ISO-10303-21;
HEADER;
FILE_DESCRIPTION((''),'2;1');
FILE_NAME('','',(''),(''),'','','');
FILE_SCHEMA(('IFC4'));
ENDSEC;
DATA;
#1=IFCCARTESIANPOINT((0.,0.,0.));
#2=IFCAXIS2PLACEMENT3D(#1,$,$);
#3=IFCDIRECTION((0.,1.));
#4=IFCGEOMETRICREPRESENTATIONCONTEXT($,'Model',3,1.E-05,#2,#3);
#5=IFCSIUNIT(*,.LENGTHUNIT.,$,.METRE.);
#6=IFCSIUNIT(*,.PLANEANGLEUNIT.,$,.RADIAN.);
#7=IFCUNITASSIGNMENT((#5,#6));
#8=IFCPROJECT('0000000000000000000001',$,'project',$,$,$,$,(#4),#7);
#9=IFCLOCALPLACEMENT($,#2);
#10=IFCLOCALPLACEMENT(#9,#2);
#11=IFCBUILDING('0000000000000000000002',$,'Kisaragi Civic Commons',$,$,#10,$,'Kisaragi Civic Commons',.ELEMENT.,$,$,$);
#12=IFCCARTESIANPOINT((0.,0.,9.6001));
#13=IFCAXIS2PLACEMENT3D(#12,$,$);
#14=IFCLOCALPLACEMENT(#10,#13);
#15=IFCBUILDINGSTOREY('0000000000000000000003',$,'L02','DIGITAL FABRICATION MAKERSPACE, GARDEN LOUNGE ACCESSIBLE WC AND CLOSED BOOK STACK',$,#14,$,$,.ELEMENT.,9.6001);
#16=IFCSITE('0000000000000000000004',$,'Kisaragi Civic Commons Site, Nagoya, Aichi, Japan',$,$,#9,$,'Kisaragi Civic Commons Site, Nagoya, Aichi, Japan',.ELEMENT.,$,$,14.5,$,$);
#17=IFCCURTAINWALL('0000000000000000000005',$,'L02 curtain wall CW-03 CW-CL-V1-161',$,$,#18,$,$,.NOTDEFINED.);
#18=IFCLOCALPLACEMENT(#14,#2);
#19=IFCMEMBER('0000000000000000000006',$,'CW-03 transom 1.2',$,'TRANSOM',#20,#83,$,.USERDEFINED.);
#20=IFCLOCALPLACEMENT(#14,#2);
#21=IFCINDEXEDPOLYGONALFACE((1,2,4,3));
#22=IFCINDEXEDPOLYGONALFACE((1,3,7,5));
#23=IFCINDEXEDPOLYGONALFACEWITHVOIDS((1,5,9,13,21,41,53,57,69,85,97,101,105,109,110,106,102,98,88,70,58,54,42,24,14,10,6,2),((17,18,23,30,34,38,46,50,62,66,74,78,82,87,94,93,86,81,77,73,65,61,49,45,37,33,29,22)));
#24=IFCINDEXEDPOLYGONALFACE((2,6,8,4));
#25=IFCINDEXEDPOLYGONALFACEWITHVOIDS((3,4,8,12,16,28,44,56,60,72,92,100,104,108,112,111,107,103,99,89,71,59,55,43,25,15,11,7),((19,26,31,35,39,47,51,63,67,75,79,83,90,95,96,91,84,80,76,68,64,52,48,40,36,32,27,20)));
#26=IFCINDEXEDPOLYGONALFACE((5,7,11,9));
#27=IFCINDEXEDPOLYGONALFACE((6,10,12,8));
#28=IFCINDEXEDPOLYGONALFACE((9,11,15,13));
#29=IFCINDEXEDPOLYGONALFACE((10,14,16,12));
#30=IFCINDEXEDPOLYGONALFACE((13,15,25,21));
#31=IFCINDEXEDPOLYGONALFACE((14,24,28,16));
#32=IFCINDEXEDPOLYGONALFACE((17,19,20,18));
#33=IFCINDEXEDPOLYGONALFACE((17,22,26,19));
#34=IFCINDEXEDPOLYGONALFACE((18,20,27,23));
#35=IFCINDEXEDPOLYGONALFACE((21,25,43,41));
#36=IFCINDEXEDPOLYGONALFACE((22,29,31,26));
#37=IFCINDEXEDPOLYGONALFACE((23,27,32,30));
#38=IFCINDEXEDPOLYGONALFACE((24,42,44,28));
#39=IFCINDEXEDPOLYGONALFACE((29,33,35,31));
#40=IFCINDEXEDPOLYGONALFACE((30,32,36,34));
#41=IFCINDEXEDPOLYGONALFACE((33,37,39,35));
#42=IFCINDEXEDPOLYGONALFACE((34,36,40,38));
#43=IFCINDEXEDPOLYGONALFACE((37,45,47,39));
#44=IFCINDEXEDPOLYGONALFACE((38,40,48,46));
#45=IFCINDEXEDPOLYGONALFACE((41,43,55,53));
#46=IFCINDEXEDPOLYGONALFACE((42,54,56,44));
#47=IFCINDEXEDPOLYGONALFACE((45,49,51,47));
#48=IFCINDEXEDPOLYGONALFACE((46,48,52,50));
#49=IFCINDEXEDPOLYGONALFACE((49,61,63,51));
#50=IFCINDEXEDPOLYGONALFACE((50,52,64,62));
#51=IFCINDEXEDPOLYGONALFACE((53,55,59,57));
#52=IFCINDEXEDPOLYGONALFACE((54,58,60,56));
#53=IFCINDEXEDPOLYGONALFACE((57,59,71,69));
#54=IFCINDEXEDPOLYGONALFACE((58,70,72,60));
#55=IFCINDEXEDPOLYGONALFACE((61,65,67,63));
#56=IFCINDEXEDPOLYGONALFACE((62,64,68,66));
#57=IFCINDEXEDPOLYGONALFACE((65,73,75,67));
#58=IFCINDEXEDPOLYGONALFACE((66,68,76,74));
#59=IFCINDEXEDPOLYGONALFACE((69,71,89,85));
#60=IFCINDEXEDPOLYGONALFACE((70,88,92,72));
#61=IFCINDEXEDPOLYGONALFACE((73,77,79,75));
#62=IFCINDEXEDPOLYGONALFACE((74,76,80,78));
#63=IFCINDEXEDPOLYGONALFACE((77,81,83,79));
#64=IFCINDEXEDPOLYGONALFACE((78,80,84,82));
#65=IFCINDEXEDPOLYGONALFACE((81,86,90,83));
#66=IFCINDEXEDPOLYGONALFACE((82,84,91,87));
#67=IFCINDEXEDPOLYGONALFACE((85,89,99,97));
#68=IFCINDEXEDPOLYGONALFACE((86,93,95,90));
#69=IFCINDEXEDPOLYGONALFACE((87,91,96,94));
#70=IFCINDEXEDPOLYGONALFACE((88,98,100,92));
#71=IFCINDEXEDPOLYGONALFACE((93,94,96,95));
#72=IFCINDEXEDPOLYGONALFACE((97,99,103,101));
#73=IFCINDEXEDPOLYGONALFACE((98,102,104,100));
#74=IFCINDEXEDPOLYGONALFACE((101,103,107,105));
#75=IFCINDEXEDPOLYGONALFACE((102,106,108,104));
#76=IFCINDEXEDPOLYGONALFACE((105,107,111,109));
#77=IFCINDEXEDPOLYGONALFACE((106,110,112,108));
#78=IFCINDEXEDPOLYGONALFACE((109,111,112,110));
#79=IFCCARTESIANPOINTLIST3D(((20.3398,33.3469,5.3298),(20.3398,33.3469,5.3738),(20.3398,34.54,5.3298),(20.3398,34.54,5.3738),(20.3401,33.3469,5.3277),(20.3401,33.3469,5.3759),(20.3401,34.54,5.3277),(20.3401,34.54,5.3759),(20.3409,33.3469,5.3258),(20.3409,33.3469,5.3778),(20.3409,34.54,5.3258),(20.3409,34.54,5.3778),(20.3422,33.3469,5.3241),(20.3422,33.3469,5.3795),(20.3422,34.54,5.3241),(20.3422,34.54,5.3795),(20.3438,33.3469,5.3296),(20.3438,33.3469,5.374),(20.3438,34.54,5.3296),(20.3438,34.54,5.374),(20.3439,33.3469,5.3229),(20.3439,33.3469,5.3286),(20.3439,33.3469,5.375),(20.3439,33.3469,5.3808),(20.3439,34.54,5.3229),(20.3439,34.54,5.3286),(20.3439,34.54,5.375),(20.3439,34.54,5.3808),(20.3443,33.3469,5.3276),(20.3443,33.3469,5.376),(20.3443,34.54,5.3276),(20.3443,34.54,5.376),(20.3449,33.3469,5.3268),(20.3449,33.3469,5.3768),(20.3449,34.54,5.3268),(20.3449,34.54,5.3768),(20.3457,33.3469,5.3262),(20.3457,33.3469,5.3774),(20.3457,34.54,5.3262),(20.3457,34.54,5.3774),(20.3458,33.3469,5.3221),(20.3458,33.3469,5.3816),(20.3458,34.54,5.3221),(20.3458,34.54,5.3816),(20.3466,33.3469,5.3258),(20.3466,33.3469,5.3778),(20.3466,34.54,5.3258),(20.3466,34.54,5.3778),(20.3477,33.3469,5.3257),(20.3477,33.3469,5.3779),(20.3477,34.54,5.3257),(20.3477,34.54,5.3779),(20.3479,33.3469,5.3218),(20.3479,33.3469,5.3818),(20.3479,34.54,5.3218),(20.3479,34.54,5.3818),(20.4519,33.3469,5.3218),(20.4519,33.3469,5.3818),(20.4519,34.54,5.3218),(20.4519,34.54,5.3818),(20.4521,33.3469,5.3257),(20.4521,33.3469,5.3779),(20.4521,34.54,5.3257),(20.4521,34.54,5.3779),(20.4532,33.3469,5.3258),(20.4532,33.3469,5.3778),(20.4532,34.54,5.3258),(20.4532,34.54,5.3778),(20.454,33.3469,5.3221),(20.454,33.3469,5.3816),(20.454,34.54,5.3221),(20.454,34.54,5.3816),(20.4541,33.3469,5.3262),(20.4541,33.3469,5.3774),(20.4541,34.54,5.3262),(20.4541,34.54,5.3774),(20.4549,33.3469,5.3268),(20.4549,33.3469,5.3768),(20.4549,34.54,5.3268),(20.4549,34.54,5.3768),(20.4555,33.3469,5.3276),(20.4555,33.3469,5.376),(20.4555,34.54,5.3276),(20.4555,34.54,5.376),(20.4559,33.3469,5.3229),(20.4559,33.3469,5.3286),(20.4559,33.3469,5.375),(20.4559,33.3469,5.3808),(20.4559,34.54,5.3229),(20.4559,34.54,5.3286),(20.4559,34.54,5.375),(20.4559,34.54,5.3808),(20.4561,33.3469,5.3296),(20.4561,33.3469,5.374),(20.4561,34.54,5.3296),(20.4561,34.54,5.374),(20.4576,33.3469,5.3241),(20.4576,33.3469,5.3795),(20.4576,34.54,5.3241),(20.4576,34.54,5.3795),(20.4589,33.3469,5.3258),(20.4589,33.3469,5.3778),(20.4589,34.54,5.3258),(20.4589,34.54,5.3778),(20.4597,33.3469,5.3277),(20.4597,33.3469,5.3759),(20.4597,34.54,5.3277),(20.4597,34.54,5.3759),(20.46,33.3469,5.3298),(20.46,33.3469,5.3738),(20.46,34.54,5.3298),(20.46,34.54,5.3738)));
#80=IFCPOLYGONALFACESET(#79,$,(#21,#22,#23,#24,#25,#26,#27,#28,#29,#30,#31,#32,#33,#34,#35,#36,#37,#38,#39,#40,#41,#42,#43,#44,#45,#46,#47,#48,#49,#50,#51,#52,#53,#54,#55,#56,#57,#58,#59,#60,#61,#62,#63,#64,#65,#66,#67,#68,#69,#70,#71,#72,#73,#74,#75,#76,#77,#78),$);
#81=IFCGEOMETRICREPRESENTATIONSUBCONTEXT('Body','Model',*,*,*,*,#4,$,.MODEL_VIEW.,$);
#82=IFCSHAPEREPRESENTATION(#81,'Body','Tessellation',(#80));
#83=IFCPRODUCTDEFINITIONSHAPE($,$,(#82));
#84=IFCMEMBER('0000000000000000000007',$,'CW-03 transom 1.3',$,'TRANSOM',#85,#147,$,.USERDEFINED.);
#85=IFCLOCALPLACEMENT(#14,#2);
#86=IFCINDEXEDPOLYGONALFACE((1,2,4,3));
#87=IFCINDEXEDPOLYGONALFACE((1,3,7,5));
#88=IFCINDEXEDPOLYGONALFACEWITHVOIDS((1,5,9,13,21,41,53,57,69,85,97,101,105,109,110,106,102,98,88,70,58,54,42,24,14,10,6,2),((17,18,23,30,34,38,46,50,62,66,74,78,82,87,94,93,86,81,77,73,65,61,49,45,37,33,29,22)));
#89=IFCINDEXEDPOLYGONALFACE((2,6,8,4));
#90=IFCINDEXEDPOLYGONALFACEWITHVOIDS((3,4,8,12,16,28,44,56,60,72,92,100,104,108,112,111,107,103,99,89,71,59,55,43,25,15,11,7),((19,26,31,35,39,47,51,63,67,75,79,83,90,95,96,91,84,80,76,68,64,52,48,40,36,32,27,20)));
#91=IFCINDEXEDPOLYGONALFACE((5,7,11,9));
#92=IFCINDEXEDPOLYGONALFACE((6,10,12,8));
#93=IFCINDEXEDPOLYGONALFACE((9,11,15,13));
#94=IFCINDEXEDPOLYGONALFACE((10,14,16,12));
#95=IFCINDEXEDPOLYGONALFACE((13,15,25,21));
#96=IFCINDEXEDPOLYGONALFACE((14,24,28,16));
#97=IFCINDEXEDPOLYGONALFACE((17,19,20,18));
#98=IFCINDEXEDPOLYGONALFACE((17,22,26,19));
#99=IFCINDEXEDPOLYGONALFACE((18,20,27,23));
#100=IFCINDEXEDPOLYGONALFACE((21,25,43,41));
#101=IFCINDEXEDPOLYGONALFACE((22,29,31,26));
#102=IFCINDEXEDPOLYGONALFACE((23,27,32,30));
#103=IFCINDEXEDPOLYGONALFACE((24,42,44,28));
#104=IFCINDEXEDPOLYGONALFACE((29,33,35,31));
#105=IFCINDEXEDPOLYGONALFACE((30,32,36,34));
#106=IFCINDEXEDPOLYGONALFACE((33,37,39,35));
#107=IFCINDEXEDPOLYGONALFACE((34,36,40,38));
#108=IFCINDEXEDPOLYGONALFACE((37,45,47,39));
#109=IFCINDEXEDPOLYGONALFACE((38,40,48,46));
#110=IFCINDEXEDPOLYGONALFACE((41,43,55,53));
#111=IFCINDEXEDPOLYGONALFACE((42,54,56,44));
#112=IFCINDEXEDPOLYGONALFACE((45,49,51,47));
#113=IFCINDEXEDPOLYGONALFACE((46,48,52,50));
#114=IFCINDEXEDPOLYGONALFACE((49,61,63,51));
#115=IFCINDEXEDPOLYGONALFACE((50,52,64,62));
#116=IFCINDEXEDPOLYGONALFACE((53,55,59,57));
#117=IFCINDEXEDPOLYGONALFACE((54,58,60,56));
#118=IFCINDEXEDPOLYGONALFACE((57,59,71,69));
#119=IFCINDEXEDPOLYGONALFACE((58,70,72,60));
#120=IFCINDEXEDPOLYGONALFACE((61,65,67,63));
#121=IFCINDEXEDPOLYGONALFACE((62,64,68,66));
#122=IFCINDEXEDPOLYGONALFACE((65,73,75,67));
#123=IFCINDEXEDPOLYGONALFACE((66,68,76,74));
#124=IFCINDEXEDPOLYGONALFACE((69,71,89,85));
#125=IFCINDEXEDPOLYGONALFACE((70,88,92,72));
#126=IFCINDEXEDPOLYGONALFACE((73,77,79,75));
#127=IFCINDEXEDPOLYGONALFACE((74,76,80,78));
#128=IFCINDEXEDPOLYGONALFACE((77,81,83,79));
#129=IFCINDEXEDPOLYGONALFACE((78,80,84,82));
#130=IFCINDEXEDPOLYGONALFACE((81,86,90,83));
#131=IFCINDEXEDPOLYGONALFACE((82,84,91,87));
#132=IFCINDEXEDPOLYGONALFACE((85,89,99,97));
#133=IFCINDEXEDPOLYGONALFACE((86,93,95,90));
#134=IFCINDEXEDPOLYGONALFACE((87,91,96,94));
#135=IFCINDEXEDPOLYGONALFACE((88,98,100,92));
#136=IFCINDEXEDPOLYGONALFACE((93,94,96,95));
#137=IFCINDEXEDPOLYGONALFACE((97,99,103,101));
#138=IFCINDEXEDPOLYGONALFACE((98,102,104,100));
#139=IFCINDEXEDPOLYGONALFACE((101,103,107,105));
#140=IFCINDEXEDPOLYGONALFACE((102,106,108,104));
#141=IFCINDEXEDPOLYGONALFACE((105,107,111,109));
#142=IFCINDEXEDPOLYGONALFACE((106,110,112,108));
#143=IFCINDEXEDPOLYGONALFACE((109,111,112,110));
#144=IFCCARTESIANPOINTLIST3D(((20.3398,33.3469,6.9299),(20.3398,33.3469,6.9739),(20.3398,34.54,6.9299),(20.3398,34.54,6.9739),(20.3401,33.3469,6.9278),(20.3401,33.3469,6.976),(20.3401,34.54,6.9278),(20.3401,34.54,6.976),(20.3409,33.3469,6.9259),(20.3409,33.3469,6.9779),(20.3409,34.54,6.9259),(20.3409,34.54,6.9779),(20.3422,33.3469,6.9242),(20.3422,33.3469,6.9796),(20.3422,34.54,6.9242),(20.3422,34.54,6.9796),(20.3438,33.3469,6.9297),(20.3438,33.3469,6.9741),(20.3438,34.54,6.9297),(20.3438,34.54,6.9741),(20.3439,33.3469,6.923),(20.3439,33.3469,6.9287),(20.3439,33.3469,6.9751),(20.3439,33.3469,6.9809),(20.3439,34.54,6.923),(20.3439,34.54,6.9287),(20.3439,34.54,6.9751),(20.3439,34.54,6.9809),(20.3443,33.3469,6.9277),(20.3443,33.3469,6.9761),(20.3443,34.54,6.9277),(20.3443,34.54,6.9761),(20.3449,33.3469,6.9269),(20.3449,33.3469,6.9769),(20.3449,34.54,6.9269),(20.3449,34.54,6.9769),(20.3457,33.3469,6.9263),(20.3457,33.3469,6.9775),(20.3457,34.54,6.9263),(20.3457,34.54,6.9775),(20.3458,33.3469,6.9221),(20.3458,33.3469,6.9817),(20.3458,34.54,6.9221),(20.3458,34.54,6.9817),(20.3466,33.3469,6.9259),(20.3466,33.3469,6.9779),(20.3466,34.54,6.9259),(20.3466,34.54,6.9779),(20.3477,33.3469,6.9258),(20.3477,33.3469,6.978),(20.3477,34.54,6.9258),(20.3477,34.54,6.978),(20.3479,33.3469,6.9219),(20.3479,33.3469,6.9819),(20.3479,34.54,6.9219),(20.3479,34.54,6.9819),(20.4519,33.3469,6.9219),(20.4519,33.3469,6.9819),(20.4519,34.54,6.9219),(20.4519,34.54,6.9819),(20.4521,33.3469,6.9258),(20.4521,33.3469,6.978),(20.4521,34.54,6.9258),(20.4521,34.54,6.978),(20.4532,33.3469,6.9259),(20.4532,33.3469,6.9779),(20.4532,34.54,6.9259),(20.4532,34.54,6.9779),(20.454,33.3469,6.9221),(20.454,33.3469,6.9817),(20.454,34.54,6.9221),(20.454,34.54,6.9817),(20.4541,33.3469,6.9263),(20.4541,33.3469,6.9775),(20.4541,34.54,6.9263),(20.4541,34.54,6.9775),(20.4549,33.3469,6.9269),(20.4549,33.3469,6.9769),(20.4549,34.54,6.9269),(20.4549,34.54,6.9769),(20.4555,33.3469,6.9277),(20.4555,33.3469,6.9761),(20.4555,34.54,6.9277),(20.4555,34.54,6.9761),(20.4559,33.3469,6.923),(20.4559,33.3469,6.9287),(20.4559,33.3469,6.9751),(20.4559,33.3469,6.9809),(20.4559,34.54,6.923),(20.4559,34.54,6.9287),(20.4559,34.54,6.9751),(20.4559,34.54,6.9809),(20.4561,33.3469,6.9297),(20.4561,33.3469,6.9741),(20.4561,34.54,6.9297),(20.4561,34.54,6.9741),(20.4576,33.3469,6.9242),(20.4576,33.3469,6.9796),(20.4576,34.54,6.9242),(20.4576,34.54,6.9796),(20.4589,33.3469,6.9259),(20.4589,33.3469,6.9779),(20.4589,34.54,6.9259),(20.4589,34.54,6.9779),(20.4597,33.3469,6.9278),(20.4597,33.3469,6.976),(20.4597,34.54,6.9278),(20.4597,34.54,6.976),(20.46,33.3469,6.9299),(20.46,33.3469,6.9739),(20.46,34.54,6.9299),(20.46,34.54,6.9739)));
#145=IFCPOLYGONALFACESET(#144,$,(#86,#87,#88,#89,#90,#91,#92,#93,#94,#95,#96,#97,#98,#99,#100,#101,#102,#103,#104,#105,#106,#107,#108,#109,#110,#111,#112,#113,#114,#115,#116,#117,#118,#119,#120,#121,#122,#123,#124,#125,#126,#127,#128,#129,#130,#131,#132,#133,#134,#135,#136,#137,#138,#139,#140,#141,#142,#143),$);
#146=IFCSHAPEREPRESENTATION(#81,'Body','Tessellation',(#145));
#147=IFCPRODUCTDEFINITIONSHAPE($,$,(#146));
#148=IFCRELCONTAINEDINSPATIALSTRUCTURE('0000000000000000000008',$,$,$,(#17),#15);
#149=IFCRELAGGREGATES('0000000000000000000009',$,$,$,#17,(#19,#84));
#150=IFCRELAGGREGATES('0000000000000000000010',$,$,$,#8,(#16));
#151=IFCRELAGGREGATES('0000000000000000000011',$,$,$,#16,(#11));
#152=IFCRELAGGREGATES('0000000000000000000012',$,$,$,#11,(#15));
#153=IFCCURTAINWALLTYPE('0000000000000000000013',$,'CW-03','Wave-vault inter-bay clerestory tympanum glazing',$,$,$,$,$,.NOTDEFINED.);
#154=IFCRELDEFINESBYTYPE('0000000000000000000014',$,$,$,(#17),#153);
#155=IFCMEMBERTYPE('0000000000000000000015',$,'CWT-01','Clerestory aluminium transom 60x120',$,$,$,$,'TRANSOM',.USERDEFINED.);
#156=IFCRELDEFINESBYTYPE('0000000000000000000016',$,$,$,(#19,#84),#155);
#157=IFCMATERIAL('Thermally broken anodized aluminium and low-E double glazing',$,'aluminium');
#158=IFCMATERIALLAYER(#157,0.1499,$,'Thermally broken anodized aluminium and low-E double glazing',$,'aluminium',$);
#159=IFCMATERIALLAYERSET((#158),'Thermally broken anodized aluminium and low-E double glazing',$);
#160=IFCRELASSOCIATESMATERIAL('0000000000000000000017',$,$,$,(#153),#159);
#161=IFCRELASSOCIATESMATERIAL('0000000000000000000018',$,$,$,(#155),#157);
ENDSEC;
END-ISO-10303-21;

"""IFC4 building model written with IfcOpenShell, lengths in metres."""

from ifc_helpers import new_model, si_unit, direction, frame, origin, origin_2d, place, context, subcontext, project, spatial, hollow_rectangle, extrude, material, layer, layer_set, material_profile, profile_set, type_object, element, aggregate, save


model = new_model("IFC4")

# Units and contexts
model_context = context("Model", 3, precision=1e-05, world=origin(), true_north=direction((0.0, 1.0)))
body_context = subcontext(model_context, "Body", "Model", "MODEL_VIEW")
ifc_project = project(units=[si_unit("LENGTHUNIT", "METRE"), si_unit("PLANEANGLEUNIT", "RADIAN")], contexts=[model_context])

# Site, building, storey
site_placement = place(None, origin())
site = spatial("IfcSite", under=ifc_project, at=site_placement, Name="Kisaragi Civic Commons Site, Nagoya, Aichi, Japan", LongName="Kisaragi Civic Commons Site, Nagoya, Aichi, Japan", CompositionType="ELEMENT", RefElevation=14.5)
building_placement = place(site_placement, origin())
building = spatial("IfcBuilding", under=site, at=building_placement, Name="Kisaragi Civic Commons", LongName="Kisaragi Civic Commons", CompositionType="ELEMENT")
storey_placement = place(building_placement, frame((0.0, 0.0, 9.6001)))
storey = spatial("IfcBuildingStorey", under=building, at=storey_placement, Name="L02", Description="DIGITAL FABRICATION MAKERSPACE, GARDEN LOUNGE ACCESSIBLE WC AND CLOSED BOOK STACK", CompositionType="ELEMENT", Elevation=9.6001)

# Curtain wall
ifc_material_1 = material(Name="Thermally broken anodized aluminium and low-E double glazing", Category="aluminium")
ifc_layer_1 = layer(ifc_material_1, 0.1499, Name="Thermally broken anodized aluminium and low-E double glazing", Category="aluminium")
ifc_layer_set_1 = layer_set([ifc_layer_1], Name="Thermally broken anodized aluminium and low-E double glazing")
curtain_wall_type = type_object("IfcCurtainWallType", Name="CW-03", Description="Wave-vault inter-bay clerestory tympanum glazing", PredefinedType="NOTDEFINED", material=ifc_layer_set_1)
curtain_wall_1_placement = place(storey_placement, origin())
curtain_wall_1 = element("IfcCurtainWall", 1, at=curtain_wall_1_placement, inside=storey, type_object=curtain_wall_type, Name="L02 curtain wall CW-03 CW-CL-V1-161", PredefinedType="NOTDEFINED")

# Members
ifc_material_profile_1 = material_profile(ifc_material_1, hollow_rectangle(XDim=0.1201, YDim=0.0601, WallThickness=0.0039, InnerFilletRadius=0.0039, OuterFilletRadius=0.0081, at=origin_2d()), Name="CWT-60x120x4", Category="aluminium")
ifc_profile_set_1 = profile_set([ifc_material_profile_1], Name="Thermally broken anodized aluminium and low-E double glazing")
member_type_1 = type_object("IfcMemberType", Name="CWT-01", Description="Clerestory aluminium transom 60x120", ElementType="TRANSOM", PredefinedType="USERDEFINED", material=ifc_profile_set_1)
member_1_placement = place(storey_placement, frame((20.3999, 33.3469, 5.3518), z_axis=(0.0, 1.0, 0.0), x_axis=(-1.0, 0.0, 0.0)))
member_1 = element("IfcMember", 2, at=member_1_placement, type_object=member_type_1, Name="CW-03 transom 1.2", ObjectType="TRANSOM", PredefinedType="USERDEFINED", context=body_context, shape_type="SweptSolid", body=[
    extrude(hollow_rectangle(XDim=0.1201, YDim=0.0601, WallThickness=0.0039, InnerFilletRadius=0.0039, OuterFilletRadius=0.0081, at=origin_2d()), origin(), (0.0, 0.0, 1.0), 1.1931),
])
member_2_placement = place(storey_placement, frame((20.3999, 33.3469, 6.9519), z_axis=(0.0, 1.0, 0.0), x_axis=(-1.0, 0.0, 0.0)))
member_2 = element("IfcMember", 3, at=member_2_placement, type_object=member_type_1, Name="CW-03 transom 1.3", ObjectType="TRANSOM", PredefinedType="USERDEFINED", context=body_context, shape_type="SweptSolid", body=[
    extrude(hollow_rectangle(XDim=0.1201, YDim=0.0601, WallThickness=0.0039, InnerFilletRadius=0.0039, OuterFilletRadius=0.0081, at=origin_2d()), origin(), (0.0, 0.0, 1.0), 1.1931),
])

aggregate(curtain_wall_1, [member_1, member_2])

save(model, "model.ifc")
